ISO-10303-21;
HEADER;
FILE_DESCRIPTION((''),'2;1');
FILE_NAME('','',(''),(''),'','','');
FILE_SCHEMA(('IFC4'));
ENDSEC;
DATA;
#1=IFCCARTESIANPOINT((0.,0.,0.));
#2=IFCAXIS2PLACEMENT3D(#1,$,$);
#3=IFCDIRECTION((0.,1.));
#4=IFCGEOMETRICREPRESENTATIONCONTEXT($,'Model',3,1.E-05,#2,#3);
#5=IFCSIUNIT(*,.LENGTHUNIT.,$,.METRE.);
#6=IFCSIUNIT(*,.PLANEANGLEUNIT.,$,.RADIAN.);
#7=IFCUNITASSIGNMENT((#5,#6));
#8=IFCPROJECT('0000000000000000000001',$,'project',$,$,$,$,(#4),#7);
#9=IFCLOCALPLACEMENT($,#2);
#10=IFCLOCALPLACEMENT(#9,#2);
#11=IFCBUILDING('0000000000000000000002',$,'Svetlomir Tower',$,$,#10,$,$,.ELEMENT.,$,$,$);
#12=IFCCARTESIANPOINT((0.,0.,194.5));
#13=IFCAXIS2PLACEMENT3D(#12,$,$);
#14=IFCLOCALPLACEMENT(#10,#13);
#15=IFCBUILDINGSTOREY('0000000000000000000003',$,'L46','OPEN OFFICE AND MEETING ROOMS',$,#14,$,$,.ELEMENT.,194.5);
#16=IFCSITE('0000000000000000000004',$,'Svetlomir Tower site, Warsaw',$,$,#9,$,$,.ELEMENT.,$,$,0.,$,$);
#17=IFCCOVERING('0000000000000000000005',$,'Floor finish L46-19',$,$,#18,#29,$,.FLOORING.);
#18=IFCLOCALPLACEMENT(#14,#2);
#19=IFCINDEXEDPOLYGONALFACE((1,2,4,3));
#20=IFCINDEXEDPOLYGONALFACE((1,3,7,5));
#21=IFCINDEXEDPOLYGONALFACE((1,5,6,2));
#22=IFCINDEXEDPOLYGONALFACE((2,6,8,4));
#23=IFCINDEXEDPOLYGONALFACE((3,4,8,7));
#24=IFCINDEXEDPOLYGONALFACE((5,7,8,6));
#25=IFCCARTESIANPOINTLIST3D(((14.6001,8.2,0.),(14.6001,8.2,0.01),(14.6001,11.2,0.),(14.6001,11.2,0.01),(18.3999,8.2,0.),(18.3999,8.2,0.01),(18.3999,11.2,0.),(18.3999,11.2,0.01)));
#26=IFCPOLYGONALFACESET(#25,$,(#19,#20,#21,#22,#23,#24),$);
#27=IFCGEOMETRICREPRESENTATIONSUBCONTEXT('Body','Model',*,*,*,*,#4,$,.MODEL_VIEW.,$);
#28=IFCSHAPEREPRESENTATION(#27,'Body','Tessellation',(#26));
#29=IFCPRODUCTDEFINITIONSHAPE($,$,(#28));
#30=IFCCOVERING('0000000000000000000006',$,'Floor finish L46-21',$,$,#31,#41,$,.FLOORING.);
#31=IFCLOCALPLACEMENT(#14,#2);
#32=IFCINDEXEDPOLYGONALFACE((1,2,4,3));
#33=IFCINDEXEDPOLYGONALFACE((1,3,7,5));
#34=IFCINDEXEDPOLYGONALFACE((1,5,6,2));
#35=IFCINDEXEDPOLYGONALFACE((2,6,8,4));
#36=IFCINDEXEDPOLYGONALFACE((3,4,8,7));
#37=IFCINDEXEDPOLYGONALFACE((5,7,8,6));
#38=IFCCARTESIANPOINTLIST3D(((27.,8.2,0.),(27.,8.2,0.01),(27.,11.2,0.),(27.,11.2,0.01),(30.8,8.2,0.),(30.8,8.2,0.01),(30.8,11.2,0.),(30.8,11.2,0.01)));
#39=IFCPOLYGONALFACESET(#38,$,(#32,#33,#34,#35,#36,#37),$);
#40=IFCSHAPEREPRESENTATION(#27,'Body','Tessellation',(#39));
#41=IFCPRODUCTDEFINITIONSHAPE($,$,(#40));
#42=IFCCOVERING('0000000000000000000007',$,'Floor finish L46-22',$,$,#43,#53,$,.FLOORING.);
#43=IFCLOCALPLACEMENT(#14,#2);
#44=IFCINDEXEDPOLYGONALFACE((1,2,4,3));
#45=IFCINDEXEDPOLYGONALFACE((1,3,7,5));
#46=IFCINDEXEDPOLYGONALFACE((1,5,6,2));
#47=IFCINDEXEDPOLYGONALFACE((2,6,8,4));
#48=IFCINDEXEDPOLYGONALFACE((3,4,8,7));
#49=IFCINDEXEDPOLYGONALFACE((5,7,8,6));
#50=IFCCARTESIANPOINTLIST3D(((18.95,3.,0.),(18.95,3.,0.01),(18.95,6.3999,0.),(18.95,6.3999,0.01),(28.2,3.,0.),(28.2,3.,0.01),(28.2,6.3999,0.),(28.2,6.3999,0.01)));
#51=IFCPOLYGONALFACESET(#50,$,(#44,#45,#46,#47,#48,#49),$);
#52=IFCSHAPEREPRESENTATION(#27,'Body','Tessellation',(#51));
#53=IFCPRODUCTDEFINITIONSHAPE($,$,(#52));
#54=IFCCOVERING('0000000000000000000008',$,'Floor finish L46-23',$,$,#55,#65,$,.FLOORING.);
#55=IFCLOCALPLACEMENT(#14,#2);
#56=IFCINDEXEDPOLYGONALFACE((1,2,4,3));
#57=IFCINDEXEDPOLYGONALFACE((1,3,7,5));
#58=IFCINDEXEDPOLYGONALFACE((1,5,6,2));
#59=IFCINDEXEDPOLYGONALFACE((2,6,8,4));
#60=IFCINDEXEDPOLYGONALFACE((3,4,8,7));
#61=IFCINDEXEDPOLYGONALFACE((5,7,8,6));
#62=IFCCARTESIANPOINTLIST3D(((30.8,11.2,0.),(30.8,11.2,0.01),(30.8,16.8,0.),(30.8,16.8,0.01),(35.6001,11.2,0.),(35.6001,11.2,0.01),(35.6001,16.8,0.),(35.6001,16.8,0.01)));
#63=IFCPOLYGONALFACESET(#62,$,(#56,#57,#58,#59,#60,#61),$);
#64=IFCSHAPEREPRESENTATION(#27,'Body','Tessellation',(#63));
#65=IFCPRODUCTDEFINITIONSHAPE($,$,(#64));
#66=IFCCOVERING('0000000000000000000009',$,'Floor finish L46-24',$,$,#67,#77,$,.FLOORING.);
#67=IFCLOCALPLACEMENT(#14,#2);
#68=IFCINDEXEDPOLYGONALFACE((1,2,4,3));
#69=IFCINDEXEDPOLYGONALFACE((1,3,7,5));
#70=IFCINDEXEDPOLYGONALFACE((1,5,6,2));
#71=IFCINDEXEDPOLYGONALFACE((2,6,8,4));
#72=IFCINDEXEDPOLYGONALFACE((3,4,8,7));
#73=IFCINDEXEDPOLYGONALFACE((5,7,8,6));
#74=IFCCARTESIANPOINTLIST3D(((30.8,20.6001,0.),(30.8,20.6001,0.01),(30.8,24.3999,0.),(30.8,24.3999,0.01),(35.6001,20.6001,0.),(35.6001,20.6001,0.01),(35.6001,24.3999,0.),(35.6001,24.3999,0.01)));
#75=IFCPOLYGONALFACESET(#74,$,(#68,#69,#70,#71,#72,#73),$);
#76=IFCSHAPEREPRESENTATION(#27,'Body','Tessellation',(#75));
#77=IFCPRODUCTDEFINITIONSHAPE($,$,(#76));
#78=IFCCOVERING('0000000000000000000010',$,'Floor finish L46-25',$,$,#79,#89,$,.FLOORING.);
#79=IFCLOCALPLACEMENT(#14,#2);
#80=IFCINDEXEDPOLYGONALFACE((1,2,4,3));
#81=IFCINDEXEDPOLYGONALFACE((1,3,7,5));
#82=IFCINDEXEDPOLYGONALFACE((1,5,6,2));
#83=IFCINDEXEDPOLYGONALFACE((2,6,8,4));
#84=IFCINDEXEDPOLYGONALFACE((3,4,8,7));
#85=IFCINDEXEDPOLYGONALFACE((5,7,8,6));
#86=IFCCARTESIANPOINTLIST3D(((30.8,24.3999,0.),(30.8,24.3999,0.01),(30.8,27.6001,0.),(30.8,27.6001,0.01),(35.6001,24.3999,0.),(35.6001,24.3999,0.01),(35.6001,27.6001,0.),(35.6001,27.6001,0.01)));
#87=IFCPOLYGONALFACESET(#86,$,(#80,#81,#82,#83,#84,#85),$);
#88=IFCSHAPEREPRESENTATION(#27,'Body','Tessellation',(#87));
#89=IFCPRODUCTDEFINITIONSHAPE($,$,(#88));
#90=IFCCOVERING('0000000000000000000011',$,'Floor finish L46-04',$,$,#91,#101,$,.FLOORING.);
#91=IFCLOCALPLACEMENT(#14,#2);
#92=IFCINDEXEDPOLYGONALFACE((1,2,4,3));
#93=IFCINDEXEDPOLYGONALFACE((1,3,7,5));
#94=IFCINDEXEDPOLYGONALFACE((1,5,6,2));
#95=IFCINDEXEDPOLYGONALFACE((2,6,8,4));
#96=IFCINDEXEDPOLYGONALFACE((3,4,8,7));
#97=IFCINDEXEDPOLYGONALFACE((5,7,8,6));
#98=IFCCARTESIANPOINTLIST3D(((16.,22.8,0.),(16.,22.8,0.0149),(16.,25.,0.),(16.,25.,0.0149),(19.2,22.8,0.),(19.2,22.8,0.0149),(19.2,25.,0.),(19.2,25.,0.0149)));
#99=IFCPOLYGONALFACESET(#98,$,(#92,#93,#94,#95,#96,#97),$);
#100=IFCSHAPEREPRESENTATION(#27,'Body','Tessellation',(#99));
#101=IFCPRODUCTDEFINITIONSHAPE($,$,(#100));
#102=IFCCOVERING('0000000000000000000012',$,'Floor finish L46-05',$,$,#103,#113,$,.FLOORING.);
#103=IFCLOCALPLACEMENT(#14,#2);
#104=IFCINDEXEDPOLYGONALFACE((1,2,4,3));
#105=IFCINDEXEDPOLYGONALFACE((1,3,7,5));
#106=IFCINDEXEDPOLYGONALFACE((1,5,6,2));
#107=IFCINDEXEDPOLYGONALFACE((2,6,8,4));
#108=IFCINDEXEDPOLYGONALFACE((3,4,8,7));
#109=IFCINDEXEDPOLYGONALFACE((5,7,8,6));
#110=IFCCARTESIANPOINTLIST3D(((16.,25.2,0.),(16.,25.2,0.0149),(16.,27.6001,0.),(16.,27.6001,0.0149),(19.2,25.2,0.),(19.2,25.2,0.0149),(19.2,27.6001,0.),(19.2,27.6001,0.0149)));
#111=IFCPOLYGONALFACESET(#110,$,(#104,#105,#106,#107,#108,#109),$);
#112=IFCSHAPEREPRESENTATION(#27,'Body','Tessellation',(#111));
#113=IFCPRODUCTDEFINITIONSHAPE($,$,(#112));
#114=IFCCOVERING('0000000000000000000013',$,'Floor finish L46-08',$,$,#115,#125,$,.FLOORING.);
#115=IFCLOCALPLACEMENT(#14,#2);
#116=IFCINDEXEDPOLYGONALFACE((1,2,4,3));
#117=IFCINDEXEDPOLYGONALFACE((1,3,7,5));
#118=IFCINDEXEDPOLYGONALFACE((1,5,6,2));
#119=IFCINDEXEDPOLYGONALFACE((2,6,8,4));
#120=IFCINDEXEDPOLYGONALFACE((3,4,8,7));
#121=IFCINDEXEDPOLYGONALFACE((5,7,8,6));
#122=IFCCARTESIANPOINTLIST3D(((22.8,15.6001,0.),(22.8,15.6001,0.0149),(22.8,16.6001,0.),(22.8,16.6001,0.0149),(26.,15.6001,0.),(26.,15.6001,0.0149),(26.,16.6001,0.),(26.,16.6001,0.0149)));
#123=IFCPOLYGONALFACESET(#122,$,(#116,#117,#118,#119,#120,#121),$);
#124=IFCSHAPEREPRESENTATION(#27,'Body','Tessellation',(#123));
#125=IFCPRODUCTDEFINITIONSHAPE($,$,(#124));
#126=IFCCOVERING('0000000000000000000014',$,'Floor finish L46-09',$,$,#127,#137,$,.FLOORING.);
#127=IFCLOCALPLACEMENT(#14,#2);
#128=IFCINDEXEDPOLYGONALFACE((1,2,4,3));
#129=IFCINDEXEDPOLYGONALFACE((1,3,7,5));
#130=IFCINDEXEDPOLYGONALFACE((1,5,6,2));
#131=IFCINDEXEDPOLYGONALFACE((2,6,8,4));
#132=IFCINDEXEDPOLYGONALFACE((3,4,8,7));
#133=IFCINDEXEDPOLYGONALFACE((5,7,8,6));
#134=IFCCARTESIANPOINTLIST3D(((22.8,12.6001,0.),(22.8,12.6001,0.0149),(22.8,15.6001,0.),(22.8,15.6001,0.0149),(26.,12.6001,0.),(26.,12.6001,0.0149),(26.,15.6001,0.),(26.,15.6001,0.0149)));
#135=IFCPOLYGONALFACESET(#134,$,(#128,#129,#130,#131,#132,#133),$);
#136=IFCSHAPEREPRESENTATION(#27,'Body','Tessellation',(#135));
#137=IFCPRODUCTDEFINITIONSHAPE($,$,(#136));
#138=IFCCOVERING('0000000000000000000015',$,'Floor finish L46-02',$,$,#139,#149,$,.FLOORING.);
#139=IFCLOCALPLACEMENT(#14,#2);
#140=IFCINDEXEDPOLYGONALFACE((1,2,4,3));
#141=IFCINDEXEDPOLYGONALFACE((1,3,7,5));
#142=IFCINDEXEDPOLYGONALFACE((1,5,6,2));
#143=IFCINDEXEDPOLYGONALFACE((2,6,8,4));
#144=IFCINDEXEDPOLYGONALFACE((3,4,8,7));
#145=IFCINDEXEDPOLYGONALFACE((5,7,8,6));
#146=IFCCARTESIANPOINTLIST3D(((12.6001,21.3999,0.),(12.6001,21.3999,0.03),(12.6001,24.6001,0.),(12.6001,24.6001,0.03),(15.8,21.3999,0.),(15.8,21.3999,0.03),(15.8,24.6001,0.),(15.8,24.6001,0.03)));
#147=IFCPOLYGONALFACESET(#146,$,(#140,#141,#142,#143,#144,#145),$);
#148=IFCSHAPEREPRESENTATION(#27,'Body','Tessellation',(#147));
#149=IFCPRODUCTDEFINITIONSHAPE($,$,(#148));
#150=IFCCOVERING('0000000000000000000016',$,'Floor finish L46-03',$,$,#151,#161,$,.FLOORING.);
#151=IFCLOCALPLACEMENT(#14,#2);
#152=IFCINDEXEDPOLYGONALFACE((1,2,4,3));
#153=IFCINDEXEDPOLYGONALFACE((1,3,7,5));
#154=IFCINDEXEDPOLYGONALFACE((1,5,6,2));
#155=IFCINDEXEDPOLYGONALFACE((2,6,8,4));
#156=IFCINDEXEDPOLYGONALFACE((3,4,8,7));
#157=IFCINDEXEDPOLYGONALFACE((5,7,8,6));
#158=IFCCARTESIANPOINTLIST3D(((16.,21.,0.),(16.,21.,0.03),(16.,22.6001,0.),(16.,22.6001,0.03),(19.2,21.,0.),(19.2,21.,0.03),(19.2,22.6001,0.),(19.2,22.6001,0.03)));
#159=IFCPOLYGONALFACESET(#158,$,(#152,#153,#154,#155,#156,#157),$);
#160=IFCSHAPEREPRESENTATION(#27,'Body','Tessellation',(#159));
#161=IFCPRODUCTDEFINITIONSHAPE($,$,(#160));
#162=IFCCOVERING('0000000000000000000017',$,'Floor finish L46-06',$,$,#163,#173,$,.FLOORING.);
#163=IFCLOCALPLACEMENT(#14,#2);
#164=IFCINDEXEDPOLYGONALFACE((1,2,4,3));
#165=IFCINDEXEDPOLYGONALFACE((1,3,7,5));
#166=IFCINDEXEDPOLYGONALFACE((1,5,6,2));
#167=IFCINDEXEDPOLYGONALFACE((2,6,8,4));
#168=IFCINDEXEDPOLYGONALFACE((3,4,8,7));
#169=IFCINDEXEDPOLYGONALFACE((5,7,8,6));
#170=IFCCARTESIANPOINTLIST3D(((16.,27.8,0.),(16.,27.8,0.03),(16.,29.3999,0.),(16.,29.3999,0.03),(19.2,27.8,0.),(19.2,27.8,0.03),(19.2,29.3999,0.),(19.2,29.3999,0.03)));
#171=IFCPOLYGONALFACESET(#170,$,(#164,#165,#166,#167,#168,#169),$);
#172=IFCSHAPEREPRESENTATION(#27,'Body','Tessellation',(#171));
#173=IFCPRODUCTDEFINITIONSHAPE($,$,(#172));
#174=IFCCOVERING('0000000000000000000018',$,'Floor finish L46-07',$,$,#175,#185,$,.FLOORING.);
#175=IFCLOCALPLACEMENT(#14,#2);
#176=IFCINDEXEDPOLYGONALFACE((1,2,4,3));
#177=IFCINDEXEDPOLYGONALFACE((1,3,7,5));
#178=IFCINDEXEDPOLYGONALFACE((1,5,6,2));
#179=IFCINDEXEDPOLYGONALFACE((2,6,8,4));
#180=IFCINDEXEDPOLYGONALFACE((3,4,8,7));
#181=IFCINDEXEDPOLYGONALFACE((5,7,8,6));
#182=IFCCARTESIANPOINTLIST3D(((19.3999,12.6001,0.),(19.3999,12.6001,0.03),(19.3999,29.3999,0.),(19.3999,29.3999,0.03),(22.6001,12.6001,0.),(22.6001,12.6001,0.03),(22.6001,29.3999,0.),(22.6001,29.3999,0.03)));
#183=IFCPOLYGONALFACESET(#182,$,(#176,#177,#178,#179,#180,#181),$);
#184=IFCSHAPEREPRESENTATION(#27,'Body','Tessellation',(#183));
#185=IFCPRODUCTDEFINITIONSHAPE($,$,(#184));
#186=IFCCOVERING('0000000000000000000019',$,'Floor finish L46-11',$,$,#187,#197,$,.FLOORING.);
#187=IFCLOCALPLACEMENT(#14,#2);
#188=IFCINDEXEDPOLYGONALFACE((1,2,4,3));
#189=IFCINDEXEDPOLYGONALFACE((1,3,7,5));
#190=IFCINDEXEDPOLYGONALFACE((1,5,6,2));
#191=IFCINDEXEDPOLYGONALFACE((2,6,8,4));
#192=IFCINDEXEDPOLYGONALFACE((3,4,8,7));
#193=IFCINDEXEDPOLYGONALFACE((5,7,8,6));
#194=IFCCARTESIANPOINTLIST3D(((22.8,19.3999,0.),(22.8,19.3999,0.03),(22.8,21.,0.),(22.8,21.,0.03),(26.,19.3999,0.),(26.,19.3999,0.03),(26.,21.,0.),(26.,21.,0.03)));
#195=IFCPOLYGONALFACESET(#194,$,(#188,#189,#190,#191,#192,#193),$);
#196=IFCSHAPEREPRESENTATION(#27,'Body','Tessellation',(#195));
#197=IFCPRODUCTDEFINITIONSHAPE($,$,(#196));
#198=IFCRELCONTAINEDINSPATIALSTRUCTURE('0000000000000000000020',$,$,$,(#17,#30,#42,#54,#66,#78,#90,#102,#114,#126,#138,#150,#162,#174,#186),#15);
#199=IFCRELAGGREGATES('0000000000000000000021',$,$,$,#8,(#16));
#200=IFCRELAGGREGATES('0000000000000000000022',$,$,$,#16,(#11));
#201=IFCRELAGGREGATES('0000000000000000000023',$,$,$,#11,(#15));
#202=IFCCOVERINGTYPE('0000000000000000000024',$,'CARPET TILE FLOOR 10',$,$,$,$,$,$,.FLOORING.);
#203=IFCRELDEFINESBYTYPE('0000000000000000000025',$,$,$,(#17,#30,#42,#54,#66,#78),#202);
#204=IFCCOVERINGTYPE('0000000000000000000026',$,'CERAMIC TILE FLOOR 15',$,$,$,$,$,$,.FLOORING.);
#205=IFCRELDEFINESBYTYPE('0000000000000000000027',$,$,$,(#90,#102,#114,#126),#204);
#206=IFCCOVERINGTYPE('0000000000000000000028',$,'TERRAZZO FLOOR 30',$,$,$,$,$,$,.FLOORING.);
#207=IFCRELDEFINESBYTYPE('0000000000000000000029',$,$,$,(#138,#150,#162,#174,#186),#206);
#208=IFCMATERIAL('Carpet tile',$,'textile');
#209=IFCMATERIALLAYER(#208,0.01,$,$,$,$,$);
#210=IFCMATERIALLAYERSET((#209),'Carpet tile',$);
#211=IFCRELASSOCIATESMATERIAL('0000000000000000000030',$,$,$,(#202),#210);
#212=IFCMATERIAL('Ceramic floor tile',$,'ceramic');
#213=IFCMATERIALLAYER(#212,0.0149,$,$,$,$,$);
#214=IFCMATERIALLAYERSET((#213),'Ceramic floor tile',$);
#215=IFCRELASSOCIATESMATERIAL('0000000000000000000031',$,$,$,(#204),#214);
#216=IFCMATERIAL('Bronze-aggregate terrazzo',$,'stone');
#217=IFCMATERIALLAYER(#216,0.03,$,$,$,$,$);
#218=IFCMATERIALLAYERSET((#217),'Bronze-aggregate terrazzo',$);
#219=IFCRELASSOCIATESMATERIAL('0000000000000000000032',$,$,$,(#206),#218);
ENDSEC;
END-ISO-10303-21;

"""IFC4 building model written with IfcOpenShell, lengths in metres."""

from ifc_helpers import new_model, si_unit, direction, frame, origin, place, context, subcontext, project, spatial, polyline, outline, extrude, material, layer, layer_set, type_object, element, save


model = new_model("IFC4")

# Units and contexts
model_context = context("Model", 3, precision=1e-05, world=origin(), true_north=direction((0.0, 1.0)))
body_context = subcontext(model_context, "Body", "Model", "MODEL_VIEW")
ifc_project = project(units=[si_unit("LENGTHUNIT", "METRE"), si_unit("PLANEANGLEUNIT", "RADIAN")], contexts=[model_context])

# Site, building, storey
site_placement = place(None, origin())
site = spatial("IfcSite", under=ifc_project, at=site_placement, Name="Svetlomir Tower site, Warsaw", CompositionType="ELEMENT", RefElevation=0.0)
building_placement = place(site_placement, origin())
building = spatial("IfcBuilding", under=site, at=building_placement, Name="Svetlomir Tower", CompositionType="ELEMENT")
storey_placement = place(building_placement, frame((0.0, 0.0, 194.5)))
storey = spatial("IfcBuildingStorey", under=building, at=storey_placement, Name="L46", Description="OPEN OFFICE AND MEETING ROOMS", CompositionType="ELEMENT", Elevation=194.5)

# Coverings
ifc_material_1 = material(Name="Carpet tile", Category="textile")
ifc_layer_1 = layer(ifc_material_1, 0.01)
ifc_layer_set_1 = layer_set([ifc_layer_1], Name="Carpet tile")
covering_type_1 = type_object("IfcCoveringType", Name="CARPET TILE FLOOR 10", PredefinedType="FLOORING", material=ifc_layer_set_1)
covering_1_placement = place(storey_placement, origin())
element("IfcCovering", 1, at=covering_1_placement, inside=storey, type_object=covering_type_1, Name="Floor finish L46-19", PredefinedType="FLOORING", context=body_context, shape_type="SweptSolid", body=[
    extrude(outline(polyline([(14.6001, 8.2), (18.3999, 8.2), (18.3999, 11.2), (14.6001, 11.2), (14.6001, 8.2)])), origin(), (0.0, 0.0, 1.0), 0.01),
])
covering_2_placement = place(storey_placement, origin())
element("IfcCovering", 2, at=covering_2_placement, inside=storey, type_object=covering_type_1, Name="Floor finish L46-21", PredefinedType="FLOORING", context=body_context, shape_type="SweptSolid", body=[
    extrude(outline(polyline([(27.0, 8.2), (30.8, 8.2), (30.8, 11.2), (27.0, 11.2), (27.0, 8.2)])), origin(), (0.0, 0.0, 1.0), 0.01),
])
covering_3_placement = place(storey_placement, origin())
element("IfcCovering", 3, at=covering_3_placement, inside=storey, type_object=covering_type_1, Name="Floor finish L46-22", PredefinedType="FLOORING", context=body_context, shape_type="SweptSolid", body=[
    extrude(outline(polyline([(18.95, 3.0), (28.2, 3.0), (28.2, 6.3999), (18.95, 6.3999), (18.95, 3.0)])), origin(), (0.0, 0.0, 1.0), 0.01),
])
covering_4_placement = place(storey_placement, origin())
element("IfcCovering", 4, at=covering_4_placement, inside=storey, type_object=covering_type_1, Name="Floor finish L46-23", PredefinedType="FLOORING", context=body_context, shape_type="SweptSolid", body=[
    extrude(outline(polyline([(30.8, 11.2), (35.6001, 11.2), (35.6001, 16.8), (30.8, 16.8), (30.8, 11.2)])), origin(), (0.0, 0.0, 1.0), 0.01),
])
covering_5_placement = place(storey_placement, origin())
element("IfcCovering", 5, at=covering_5_placement, inside=storey, type_object=covering_type_1, Name="Floor finish L46-24", PredefinedType="FLOORING", context=body_context, shape_type="SweptSolid", body=[
    extrude(outline(polyline([(30.8, 20.6001), (35.6001, 20.6001), (35.6001, 24.3999), (30.8, 24.3999), (30.8, 20.6001)])), origin(), (0.0, 0.0, 1.0), 0.01),
])
covering_6_placement = place(storey_placement, origin())
element("IfcCovering", 6, at=covering_6_placement, inside=storey, type_object=covering_type_1, Name="Floor finish L46-25", PredefinedType="FLOORING", context=body_context, shape_type="SweptSolid", body=[
    extrude(outline(polyline([(30.8, 24.3999), (35.6001, 24.3999), (35.6001, 27.6001), (30.8, 27.6001), (30.8, 24.3999)])), origin(), (0.0, 0.0, 1.0), 0.01),
])
ifc_material_2 = material(Name="Ceramic floor tile", Category="ceramic")
ifc_layer_2 = layer(ifc_material_2, 0.0149)
ifc_layer_set_2 = layer_set([ifc_layer_2], Name="Ceramic floor tile")
covering_type_2 = type_object("IfcCoveringType", Name="CERAMIC TILE FLOOR 15", PredefinedType="FLOORING", material=ifc_layer_set_2)
covering_7_placement = place(storey_placement, origin())
element("IfcCovering", 7, at=covering_7_placement, inside=storey, type_object=covering_type_2, Name="Floor finish L46-04", PredefinedType="FLOORING", context=body_context, shape_type="SweptSolid", body=[
    extrude(outline(polyline([(16.0, 22.8), (19.2, 22.8), (19.2, 25.0), (16.0, 25.0), (16.0, 22.8)])), origin(), (0.0, 0.0, 1.0), 0.0149),
])
covering_8_placement = place(storey_placement, origin())
element("IfcCovering", 8, at=covering_8_placement, inside=storey, type_object=covering_type_2, Name="Floor finish L46-05", PredefinedType="FLOORING", context=body_context, shape_type="SweptSolid", body=[
    extrude(outline(polyline([(16.0, 25.2), (19.2, 25.2), (19.2, 27.6001), (16.0, 27.6001), (16.0, 25.2)])), origin(), (0.0, 0.0, 1.0), 0.0149),
])
covering_9_placement = place(storey_placement, origin())
element("IfcCovering", 9, at=covering_9_placement, inside=storey, type_object=covering_type_2, Name="Floor finish L46-08", PredefinedType="FLOORING", context=body_context, shape_type="SweptSolid", body=[
    extrude(outline(polyline([(22.8, 15.6001), (26.0, 15.6001), (26.0, 16.6001), (22.8, 16.6001), (22.8, 15.6001)])), origin(), (0.0, 0.0, 1.0), 0.0149),
])
covering_10_placement = place(storey_placement, origin())
element("IfcCovering", 10, at=covering_10_placement, inside=storey, type_object=covering_type_2, Name="Floor finish L46-09", PredefinedType="FLOORING", context=body_context, shape_type="SweptSolid", body=[
    extrude(outline(polyline([(22.8, 12.6001), (26.0, 12.6001), (26.0, 15.6001), (22.8, 15.6001), (22.8, 12.6001)])), origin(), (0.0, 0.0, 1.0), 0.0149),
])
ifc_material_3 = material(Name="Bronze-aggregate terrazzo", Category="stone")
ifc_layer_3 = layer(ifc_material_3, 0.03)
ifc_layer_set_3 = layer_set([ifc_layer_3], Name="Bronze-aggregate terrazzo")
covering_type_3 = type_object("IfcCoveringType", Name="TERRAZZO FLOOR 30", PredefinedType="FLOORING", material=ifc_layer_set_3)
covering_11_placement = place(storey_placement, origin())
element("IfcCovering", 11, at=covering_11_placement, inside=storey, type_object=covering_type_3, Name="Floor finish L46-02", PredefinedType="FLOORING", context=body_context, shape_type="SweptSolid", body=[
    extrude(outline(polyline([(12.6001, 21.3999), (15.8, 21.3999), (15.8, 24.6001), (12.6001, 24.6001), (12.6001, 21.3999)])), origin(), (0.0, 0.0, 1.0), 0.03),
])
covering_12_placement = place(storey_placement, origin())
element("IfcCovering", 12, at=covering_12_placement, inside=storey, type_object=covering_type_3, Name="Floor finish L46-03", PredefinedType="FLOORING", context=body_context, shape_type="SweptSolid", body=[
    extrude(outline(polyline([(16.0, 21.0), (19.2, 21.0), (19.2, 22.6001), (16.0, 22.6001), (16.0, 21.0)])), origin(), (0.0, 0.0, 1.0), 0.03),
])
covering_13_placement = place(storey_placement, origin())
element("IfcCovering", 13, at=covering_13_placement, inside=storey, type_object=covering_type_3, Name="Floor finish L46-06", PredefinedType="FLOORING", context=body_context, shape_type="SweptSolid", body=[
    extrude(outline(polyline([(16.0, 27.8), (19.2, 27.8), (19.2, 29.3999), (16.0, 29.3999), (16.0, 27.8)])), origin(), (0.0, 0.0, 1.0), 0.03),
])
covering_14_placement = place(storey_placement, origin())
element("IfcCovering", 14, at=covering_14_placement, inside=storey, type_object=covering_type_3, Name="Floor finish L46-07", PredefinedType="FLOORING", context=body_context, shape_type="SweptSolid", body=[
    extrude(outline(polyline([(19.3999, 12.6001), (22.6001, 12.6001), (22.6001, 29.3999), (19.3999, 29.3999), (19.3999, 12.6001)])), origin(), (0.0, 0.0, 1.0), 0.03),
])
covering_15_placement = place(storey_placement, origin())
element("IfcCovering", 15, at=covering_15_placement, inside=storey, type_object=covering_type_3, Name="Floor finish L46-11", PredefinedType="FLOORING", context=body_context, shape_type="SweptSolid", body=[
    extrude(outline(polyline([(22.8, 19.3999), (26.0, 19.3999), (26.0, 21.0), (22.8, 21.0), (22.8, 19.3999)])), origin(), (0.0, 0.0, 1.0), 0.03),
])

save(model, "model.ifc")
